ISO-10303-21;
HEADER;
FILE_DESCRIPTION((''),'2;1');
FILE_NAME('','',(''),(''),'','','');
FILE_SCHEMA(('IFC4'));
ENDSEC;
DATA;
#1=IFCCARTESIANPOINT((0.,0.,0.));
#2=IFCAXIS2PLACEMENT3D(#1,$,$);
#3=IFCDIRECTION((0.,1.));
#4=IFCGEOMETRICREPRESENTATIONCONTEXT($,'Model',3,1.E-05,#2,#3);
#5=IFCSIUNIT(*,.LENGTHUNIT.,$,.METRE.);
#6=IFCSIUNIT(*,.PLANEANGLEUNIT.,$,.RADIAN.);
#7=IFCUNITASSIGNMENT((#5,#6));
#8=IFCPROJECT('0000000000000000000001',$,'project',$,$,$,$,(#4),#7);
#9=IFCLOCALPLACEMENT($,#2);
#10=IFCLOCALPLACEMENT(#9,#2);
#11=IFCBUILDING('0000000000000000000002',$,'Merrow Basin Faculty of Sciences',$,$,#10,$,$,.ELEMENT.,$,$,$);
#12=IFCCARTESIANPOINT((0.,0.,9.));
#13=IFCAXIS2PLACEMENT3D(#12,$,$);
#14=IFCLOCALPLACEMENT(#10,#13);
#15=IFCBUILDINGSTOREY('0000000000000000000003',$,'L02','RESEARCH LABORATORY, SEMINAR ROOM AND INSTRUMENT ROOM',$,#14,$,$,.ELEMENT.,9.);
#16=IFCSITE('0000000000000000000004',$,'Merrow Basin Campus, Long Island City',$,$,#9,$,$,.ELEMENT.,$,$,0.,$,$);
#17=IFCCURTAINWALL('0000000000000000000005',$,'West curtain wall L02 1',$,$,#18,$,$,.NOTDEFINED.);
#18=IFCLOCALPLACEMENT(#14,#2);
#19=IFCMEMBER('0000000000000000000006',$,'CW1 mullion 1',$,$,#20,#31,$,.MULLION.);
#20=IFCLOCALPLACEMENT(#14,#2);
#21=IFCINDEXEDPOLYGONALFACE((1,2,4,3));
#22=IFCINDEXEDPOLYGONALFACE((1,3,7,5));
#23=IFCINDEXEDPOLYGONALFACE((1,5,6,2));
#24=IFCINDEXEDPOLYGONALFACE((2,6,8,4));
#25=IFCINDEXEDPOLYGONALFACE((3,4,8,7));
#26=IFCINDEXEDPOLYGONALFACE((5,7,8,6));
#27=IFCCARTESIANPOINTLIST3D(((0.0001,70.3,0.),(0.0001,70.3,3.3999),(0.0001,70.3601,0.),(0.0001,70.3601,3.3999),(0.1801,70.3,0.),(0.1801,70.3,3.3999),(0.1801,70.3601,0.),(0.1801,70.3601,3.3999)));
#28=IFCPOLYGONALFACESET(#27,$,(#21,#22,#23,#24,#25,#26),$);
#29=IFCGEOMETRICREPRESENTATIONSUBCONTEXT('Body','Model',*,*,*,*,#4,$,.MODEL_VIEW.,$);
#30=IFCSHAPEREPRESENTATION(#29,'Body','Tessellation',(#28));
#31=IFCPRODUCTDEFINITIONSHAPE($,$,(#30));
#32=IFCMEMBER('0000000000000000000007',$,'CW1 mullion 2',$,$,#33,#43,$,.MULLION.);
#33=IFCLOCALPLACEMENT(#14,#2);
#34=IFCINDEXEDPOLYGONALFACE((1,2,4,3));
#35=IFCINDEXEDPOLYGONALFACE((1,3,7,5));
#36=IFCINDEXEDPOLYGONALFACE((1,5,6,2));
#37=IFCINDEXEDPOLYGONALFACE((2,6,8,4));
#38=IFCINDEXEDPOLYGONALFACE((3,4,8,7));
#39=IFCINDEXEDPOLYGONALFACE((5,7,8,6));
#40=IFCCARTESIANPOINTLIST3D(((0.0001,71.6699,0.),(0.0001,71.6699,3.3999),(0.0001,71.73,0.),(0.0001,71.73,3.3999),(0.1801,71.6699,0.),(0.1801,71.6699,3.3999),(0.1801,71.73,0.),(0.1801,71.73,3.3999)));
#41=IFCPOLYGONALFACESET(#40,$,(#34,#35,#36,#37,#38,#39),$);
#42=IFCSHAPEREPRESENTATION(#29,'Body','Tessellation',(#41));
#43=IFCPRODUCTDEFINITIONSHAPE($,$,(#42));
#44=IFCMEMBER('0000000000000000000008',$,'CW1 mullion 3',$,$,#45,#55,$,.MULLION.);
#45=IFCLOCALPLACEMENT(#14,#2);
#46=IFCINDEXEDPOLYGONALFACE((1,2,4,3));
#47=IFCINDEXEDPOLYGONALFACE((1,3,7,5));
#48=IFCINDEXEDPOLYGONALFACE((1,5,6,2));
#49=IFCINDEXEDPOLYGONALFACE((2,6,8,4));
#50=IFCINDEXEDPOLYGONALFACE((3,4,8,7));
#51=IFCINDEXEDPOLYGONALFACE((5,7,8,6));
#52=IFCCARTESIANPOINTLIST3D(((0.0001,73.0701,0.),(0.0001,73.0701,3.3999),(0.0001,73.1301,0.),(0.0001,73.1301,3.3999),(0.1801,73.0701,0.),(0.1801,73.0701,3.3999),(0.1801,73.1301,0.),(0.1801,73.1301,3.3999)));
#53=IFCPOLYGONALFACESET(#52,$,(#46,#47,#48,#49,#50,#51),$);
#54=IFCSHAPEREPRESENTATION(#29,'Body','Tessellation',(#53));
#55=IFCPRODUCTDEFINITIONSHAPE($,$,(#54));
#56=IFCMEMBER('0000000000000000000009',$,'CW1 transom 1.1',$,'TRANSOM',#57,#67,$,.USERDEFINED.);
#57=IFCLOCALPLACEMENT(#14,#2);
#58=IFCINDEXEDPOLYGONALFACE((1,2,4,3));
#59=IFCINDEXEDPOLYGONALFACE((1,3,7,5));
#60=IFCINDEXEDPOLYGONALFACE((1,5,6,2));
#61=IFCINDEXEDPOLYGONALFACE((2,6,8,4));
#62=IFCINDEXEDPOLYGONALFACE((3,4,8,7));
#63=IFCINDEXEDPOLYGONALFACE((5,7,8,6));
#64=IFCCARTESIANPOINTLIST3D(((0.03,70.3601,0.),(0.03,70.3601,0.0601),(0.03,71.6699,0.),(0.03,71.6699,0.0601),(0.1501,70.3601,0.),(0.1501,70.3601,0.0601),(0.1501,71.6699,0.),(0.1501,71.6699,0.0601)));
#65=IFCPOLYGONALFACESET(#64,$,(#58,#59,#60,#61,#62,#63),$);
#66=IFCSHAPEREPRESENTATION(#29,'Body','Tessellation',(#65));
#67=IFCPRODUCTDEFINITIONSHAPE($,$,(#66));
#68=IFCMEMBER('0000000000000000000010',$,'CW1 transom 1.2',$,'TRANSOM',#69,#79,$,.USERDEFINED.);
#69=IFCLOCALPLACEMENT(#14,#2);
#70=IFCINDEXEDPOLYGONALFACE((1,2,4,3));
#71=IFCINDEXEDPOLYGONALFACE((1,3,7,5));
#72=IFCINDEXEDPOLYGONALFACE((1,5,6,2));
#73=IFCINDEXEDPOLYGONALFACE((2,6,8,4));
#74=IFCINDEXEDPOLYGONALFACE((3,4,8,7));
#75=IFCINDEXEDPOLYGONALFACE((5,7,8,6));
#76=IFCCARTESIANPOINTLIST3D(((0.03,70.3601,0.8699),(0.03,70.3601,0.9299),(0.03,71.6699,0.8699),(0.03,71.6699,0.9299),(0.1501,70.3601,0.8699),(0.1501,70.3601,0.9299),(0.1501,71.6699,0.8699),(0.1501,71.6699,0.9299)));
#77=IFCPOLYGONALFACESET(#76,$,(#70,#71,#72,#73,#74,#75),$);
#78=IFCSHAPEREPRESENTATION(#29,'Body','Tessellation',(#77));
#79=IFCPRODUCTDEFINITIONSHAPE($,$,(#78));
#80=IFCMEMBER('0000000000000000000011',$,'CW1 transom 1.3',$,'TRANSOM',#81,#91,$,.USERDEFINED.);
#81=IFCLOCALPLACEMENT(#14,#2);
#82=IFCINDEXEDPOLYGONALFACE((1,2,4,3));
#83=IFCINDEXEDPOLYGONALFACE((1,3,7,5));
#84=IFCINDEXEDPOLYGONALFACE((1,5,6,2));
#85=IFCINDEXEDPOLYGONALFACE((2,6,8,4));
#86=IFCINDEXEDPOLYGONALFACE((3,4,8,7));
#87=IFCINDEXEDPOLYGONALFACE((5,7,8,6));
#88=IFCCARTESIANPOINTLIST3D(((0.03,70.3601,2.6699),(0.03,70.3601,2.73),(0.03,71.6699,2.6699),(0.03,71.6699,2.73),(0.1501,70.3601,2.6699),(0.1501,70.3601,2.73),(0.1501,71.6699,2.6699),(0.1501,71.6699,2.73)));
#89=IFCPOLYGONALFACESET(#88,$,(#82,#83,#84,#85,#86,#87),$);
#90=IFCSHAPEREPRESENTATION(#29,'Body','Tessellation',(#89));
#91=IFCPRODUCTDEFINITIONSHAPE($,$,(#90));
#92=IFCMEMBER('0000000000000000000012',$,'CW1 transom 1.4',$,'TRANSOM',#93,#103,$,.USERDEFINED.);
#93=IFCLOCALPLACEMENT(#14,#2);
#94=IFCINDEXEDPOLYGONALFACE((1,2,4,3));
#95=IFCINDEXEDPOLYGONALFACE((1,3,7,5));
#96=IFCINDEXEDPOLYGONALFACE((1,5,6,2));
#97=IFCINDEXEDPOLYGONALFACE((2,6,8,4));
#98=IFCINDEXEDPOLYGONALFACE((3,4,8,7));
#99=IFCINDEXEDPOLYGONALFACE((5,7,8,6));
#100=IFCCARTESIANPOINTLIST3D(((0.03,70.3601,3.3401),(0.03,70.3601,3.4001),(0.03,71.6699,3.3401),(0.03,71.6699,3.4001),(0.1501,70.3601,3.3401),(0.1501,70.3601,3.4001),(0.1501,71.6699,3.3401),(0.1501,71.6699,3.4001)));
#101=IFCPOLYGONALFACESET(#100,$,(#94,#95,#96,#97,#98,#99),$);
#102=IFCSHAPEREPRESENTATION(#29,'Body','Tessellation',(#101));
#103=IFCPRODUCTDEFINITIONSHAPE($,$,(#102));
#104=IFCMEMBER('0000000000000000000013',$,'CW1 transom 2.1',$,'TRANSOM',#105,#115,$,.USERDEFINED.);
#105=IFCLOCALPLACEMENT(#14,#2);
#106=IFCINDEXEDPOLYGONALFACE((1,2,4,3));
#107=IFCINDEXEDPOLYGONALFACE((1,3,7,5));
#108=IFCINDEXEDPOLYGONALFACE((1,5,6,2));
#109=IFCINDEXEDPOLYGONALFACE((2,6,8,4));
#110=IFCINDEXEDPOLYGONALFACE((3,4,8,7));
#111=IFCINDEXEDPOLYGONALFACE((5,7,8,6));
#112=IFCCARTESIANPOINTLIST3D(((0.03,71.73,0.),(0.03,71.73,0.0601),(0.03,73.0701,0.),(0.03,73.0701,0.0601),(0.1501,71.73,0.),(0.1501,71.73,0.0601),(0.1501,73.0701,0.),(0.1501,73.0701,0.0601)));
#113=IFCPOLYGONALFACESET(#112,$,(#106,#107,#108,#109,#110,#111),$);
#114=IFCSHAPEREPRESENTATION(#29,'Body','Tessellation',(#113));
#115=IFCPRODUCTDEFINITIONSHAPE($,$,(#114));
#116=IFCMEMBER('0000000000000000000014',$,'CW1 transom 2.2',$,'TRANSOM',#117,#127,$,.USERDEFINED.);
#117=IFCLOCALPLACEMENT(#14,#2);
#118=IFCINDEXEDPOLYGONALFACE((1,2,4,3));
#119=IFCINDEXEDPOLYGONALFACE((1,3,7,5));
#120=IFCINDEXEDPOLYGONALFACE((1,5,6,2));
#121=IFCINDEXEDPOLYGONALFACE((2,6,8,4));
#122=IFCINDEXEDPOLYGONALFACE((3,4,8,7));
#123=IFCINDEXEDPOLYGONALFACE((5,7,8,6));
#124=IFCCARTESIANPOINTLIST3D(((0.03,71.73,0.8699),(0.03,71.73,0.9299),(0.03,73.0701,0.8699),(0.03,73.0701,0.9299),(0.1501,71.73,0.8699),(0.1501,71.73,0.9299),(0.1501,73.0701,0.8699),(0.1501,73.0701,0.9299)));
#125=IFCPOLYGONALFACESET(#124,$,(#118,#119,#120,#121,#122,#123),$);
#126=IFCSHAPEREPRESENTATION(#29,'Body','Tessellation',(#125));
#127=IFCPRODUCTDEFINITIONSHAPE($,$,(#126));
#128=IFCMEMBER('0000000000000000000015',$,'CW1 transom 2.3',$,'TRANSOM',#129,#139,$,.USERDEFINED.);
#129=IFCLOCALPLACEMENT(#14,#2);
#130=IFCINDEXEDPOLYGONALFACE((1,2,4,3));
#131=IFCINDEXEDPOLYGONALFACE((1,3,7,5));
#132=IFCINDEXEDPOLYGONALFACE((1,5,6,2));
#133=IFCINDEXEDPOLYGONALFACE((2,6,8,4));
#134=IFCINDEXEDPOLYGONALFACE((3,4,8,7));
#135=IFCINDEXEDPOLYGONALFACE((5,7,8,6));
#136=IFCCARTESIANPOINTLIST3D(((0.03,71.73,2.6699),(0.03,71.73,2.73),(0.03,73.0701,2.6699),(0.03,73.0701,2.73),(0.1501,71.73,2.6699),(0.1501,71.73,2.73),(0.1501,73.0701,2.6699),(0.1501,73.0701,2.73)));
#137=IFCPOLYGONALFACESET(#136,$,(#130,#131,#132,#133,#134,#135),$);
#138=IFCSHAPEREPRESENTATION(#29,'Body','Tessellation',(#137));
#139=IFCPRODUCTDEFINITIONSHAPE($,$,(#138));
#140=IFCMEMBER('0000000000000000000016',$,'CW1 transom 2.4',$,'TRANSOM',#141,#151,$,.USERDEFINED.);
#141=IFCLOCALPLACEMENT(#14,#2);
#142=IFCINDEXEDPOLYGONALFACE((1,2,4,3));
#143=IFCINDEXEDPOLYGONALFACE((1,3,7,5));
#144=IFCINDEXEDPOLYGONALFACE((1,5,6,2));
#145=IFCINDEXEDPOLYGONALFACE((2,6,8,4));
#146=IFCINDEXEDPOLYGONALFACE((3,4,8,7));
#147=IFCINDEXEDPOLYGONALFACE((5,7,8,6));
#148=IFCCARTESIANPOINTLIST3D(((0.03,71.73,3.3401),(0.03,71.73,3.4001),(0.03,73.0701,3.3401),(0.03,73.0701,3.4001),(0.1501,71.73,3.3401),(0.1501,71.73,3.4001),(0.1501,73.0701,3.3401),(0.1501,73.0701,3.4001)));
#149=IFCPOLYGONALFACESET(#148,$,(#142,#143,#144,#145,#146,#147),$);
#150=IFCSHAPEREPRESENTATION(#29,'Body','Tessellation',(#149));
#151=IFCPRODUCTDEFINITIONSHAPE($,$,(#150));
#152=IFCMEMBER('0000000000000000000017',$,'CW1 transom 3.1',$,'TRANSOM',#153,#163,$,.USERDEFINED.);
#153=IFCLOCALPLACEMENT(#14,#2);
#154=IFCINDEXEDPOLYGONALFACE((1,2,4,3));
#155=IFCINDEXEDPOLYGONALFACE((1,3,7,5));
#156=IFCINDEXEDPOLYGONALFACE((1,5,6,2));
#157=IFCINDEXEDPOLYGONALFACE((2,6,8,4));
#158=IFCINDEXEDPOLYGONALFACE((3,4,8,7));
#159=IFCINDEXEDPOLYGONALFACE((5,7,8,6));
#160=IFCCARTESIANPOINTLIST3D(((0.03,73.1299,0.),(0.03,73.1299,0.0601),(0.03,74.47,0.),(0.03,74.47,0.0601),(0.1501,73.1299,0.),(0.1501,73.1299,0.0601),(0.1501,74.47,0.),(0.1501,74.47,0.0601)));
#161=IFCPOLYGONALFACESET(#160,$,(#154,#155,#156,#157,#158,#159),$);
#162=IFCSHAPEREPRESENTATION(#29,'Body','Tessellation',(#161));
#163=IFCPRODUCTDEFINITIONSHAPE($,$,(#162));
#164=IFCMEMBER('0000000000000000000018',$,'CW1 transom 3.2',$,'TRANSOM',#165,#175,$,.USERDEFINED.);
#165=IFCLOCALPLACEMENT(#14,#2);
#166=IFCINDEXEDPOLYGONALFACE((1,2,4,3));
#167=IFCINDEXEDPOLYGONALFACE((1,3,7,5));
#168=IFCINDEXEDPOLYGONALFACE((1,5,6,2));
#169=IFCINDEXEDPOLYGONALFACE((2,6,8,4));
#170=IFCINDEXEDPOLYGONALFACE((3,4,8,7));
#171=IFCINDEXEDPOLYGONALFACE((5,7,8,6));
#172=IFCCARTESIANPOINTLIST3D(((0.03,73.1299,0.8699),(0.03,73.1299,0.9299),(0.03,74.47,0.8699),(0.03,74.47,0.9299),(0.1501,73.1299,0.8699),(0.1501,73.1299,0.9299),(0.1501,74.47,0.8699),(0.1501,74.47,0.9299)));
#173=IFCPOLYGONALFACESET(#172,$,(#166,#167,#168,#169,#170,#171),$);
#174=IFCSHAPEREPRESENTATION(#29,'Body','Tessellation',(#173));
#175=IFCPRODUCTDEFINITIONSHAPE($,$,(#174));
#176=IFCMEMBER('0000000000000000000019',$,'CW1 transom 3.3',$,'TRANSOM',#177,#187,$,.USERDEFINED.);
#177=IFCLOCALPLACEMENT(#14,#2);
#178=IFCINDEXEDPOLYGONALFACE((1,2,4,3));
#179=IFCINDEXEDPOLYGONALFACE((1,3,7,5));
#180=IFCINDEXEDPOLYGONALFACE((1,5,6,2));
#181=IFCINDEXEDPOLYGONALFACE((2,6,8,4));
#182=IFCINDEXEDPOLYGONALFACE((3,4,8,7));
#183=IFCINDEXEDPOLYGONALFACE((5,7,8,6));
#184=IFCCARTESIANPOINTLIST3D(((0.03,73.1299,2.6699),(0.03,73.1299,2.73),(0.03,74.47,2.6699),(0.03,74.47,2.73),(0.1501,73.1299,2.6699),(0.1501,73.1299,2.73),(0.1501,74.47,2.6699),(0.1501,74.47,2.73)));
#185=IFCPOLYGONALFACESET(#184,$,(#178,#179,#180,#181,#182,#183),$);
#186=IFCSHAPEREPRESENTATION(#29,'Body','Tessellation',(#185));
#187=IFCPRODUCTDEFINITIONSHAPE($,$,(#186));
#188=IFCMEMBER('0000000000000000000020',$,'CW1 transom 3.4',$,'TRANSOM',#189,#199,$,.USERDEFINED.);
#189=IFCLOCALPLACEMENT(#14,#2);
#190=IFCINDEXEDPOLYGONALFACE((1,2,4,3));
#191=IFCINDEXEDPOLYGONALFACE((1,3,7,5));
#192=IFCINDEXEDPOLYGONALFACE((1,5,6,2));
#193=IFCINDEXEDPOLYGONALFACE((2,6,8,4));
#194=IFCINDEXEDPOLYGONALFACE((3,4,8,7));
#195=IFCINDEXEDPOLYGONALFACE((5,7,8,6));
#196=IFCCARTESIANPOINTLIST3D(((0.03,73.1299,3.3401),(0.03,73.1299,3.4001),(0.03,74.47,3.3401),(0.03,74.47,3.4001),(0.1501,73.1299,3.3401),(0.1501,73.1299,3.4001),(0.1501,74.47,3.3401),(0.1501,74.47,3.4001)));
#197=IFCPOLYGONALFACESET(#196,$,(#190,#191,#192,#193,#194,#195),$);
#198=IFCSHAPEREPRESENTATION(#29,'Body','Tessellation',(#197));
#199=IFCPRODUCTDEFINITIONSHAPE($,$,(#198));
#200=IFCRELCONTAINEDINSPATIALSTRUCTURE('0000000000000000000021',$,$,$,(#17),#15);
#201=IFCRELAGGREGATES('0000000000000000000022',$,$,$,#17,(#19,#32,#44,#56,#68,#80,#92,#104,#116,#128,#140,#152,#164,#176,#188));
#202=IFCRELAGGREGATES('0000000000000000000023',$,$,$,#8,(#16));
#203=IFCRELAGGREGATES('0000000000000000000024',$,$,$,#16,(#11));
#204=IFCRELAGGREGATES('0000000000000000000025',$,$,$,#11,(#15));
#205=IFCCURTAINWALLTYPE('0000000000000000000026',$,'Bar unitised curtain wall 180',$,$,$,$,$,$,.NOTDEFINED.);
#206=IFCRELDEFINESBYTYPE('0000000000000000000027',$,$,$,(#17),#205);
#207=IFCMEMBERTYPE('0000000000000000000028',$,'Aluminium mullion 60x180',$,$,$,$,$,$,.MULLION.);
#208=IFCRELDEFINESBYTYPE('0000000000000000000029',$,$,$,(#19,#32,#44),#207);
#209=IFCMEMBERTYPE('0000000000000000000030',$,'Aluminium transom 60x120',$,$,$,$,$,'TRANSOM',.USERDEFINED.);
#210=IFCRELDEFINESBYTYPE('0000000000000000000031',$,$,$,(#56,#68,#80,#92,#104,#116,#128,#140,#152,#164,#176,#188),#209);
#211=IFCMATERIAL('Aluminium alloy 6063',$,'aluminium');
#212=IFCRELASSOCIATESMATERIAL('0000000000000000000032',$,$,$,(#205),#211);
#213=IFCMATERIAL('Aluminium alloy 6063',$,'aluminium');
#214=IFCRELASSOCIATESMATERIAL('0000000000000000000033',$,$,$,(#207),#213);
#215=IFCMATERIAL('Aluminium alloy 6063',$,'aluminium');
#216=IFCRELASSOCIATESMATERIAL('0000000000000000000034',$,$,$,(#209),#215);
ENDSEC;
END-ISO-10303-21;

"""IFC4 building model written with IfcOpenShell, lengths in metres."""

from ifc_helpers import new_model, si_unit, direction, frame, origin, origin_2d, place, context, subcontext, project, spatial, rectangle, extrude, material, material_profile, profile_set, type_object, element, aggregate, save


model = new_model("IFC4")

# Units and contexts
model_context = context("Model", 3, precision=1e-05, world=origin(), true_north=direction((0.0, 1.0)))
body_context = subcontext(model_context, "Body", "Model", "MODEL_VIEW")
ifc_project = project(units=[si_unit("LENGTHUNIT", "METRE"), si_unit("PLANEANGLEUNIT", "RADIAN")], contexts=[model_context])

# Site, building, storey
site_placement = place(None, origin())
site = spatial("IfcSite", under=ifc_project, at=site_placement, Name="Merrow Basin Campus, Long Island City", CompositionType="ELEMENT", RefElevation=0.0)
building_placement = place(site_placement, origin())
building = spatial("IfcBuilding", under=site, at=building_placement, Name="Merrow Basin Faculty of Sciences", CompositionType="ELEMENT")
storey_placement = place(building_placement, frame((0.0, 0.0, 9.0)))
storey = spatial("IfcBuildingStorey", under=building, at=storey_placement, Name="L02", Description="RESEARCH LABORATORY, SEMINAR ROOM AND INSTRUMENT ROOM", CompositionType="ELEMENT", Elevation=9.0)

# Curtain wall, members
ifc_material_1 = material(Name="Aluminium alloy 6063", Category="aluminium")
curtain_wall_type = type_object("IfcCurtainWallType", Name="Bar unitised curtain wall 180", PredefinedType="NOTDEFINED", material=ifc_material_1)
curtain_wall_placement = place(storey_placement, origin())
curtain_wall = element("IfcCurtainWall", 1, at=curtain_wall_placement, inside=storey, type_object=curtain_wall_type, Name="West curtain wall L02 1", PredefinedType="NOTDEFINED")
ifc_material_2 = material(Name="Aluminium alloy 6063", Category="aluminium")
ifc_material_profile_1 = material_profile(ifc_material_2, rectangle(XDim=0.1799, YDim=0.0601, at=origin_2d()))
ifc_profile_set_1 = profile_set([ifc_material_profile_1], Name="Aluminium alloy 6063")
member_type_1 = type_object("IfcMemberType", Name="Aluminium mullion 60x180", PredefinedType="MULLION", material=ifc_profile_set_1)
member_1_placement = place(storey_placement, frame((0.0901, 70.3301, 0.0), z_axis=(0.0, 0.0, 1.0), x_axis=(-1.0, 0.0, 0.0)))
member_1 = element("IfcMember", 2, at=member_1_placement, type_object=member_type_1, Name="CW1 mullion 1", PredefinedType="MULLION", context=body_context, shape_type="SweptSolid", body=[
    extrude(rectangle(XDim=0.1799, YDim=0.0601, at=origin_2d()), origin(), (0.0, 0.0, 1.0), 3.3999),
])
member_2_placement = place(storey_placement, frame((0.0901, 71.7, 0.0), z_axis=(0.0, 0.0, 1.0), x_axis=(-1.0, 0.0, 0.0)))
member_2 = element("IfcMember", 3, at=member_2_placement, type_object=member_type_1, Name="CW1 mullion 2", PredefinedType="MULLION", context=body_context, shape_type="SweptSolid", body=[
    extrude(rectangle(XDim=0.1799, YDim=0.0601, at=origin_2d()), origin(), (0.0, 0.0, 1.0), 3.3999),
])
member_3_placement = place(storey_placement, frame((0.0901, 73.1001, 0.0), z_axis=(0.0, 0.0, 1.0), x_axis=(-1.0, 0.0, 0.0)))
member_3 = element("IfcMember", 4, at=member_3_placement, type_object=member_type_1, Name="CW1 mullion 3", PredefinedType="MULLION", context=body_context, shape_type="SweptSolid", body=[
    extrude(rectangle(XDim=0.1799, YDim=0.0601, at=origin_2d()), origin(), (0.0, 0.0, 1.0), 3.3999),
])
ifc_material_3 = material(Name="Aluminium alloy 6063", Category="aluminium")
ifc_material_profile_2 = material_profile(ifc_material_3, rectangle(XDim=0.1201, YDim=0.0601, at=origin_2d()))
ifc_profile_set_2 = profile_set([ifc_material_profile_2], Name="Aluminium alloy 6063")
member_type_2 = type_object("IfcMemberType", Name="Aluminium transom 60x120", ElementType="TRANSOM", PredefinedType="USERDEFINED", material=ifc_profile_set_2)
member_4_placement = place(storey_placement, frame((0.0901, 70.3601, 0.03), z_axis=(0.0, 1.0, 0.0), x_axis=(-1.0, 0.0, 0.0)))
member_4 = element("IfcMember", 5, at=member_4_placement, type_object=member_type_2, Name="CW1 transom 1.1", ObjectType="TRANSOM", PredefinedType="USERDEFINED", context=body_context, shape_type="SweptSolid", body=[
    extrude(rectangle(XDim=0.1201, YDim=0.0601, at=origin_2d()), origin(), (0.0, 0.0, 1.0), 1.3098),
])
member_5_placement = place(storey_placement, frame((0.0901, 70.3601, 0.8999), z_axis=(0.0, 1.0, 0.0), x_axis=(-1.0, 0.0, 0.0)))
member_5 = element("IfcMember", 6, at=member_5_placement, type_object=member_type_2, Name="CW1 transom 1.2", ObjectType="TRANSOM", PredefinedType="USERDEFINED", context=body_context, shape_type="SweptSolid", body=[
    extrude(rectangle(XDim=0.1201, YDim=0.0601, at=origin_2d()), origin(), (0.0, 0.0, 1.0), 1.3098),
])
member_6_placement = place(storey_placement, frame((0.0901, 70.3601, 2.7), z_axis=(0.0, 1.0, 0.0), x_axis=(-1.0, 0.0, 0.0)))
member_6 = element("IfcMember", 7, at=member_6_placement, type_object=member_type_2, Name="CW1 transom 1.3", ObjectType="TRANSOM", PredefinedType="USERDEFINED", context=body_context, shape_type="SweptSolid", body=[
    extrude(rectangle(XDim=0.1201, YDim=0.0601, at=origin_2d()), origin(), (0.0, 0.0, 1.0), 1.3098),
])
member_7_placement = place(storey_placement, frame((0.0901, 70.3601, 3.3701), z_axis=(0.0, 1.0, 0.0), x_axis=(-1.0, 0.0, 0.0)))
member_7 = element("IfcMember", 8, at=member_7_placement, type_object=member_type_2, Name="CW1 transom 1.4", ObjectType="TRANSOM", PredefinedType="USERDEFINED", context=body_context, shape_type="SweptSolid", body=[
    extrude(rectangle(XDim=0.1201, YDim=0.0601, at=origin_2d()), origin(), (0.0, 0.0, 1.0), 1.3098),
])
member_8_placement = place(storey_placement, frame((0.0901, 71.73, 0.03), z_axis=(0.0, 1.0, 0.0), x_axis=(-1.0, 0.0, 0.0)))
member_8 = element("IfcMember", 9, at=member_8_placement, type_object=member_type_2, Name="CW1 transom 2.1", ObjectType="TRANSOM", PredefinedType="USERDEFINED", context=body_context, shape_type="SweptSolid", body=[
    extrude(rectangle(XDim=0.1201, YDim=0.0601, at=origin_2d()), origin(), (0.0, 0.0, 1.0), 1.3401),
])
member_9_placement = place(storey_placement, frame((0.0901, 71.73, 0.8999), z_axis=(0.0, 1.0, 0.0), x_axis=(-1.0, 0.0, 0.0)))
member_9 = element("IfcMember", 10, at=member_9_placement, type_object=member_type_2, Name="CW1 transom 2.2", ObjectType="TRANSOM", PredefinedType="USERDEFINED", context=body_context, shape_type="SweptSolid", body=[
    extrude(rectangle(XDim=0.1201, YDim=0.0601, at=origin_2d()), origin(), (0.0, 0.0, 1.0), 1.3401),
])
member_10_placement = place(storey_placement, frame((0.0901, 71.73, 2.7), z_axis=(0.0, 1.0, 0.0), x_axis=(-1.0, 0.0, 0.0)))
member_10 = element("IfcMember", 11, at=member_10_placement, type_object=member_type_2, Name="CW1 transom 2.3", ObjectType="TRANSOM", PredefinedType="USERDEFINED", context=body_context, shape_type="SweptSolid", body=[
    extrude(rectangle(XDim=0.1201, YDim=0.0601, at=origin_2d()), origin(), (0.0, 0.0, 1.0), 1.3401),
])
member_11_placement = place(storey_placement, frame((0.0901, 71.73, 3.3701), z_axis=(0.0, 1.0, 0.0), x_axis=(-1.0, 0.0, 0.0)))
member_11 = element("IfcMember", 12, at=member_11_placement, type_object=member_type_2, Name="CW1 transom 2.4", ObjectType="TRANSOM", PredefinedType="USERDEFINED", context=body_context, shape_type="SweptSolid", body=[
    extrude(rectangle(XDim=0.1201, YDim=0.0601, at=origin_2d()), origin(), (0.0, 0.0, 1.0), 1.3401),
])
member_12_placement = place(storey_placement, frame((0.0901, 73.1299, 0.03), z_axis=(0.0, 1.0, 0.0), x_axis=(-1.0, 0.0, 0.0)))
member_12 = element("IfcMember", 13, at=member_12_placement, type_object=member_type_2, Name="CW1 transom 3.1", ObjectType="TRANSOM", PredefinedType="USERDEFINED", context=body_context, shape_type="SweptSolid", body=[
    extrude(rectangle(XDim=0.1201, YDim=0.0601, at=origin_2d()), origin(), (0.0, 0.0, 1.0), 1.3401),
])
member_13_placement = place(storey_placement, frame((0.0901, 73.1299, 0.8999), z_axis=(0.0, 1.0, 0.0), x_axis=(-1.0, 0.0, 0.0)))
member_13 = element("IfcMember", 14, at=member_13_placement, type_object=member_type_2, Name="CW1 transom 3.2", ObjectType="TRANSOM", PredefinedType="USERDEFINED", context=body_context, shape_type="SweptSolid", body=[
    extrude(rectangle(XDim=0.1201, YDim=0.0601, at=origin_2d()), origin(), (0.0, 0.0, 1.0), 1.3401),
])
member_14_placement = place(storey_placement, frame((0.0901, 73.1299, 2.7), z_axis=(0.0, 1.0, 0.0), x_axis=(-1.0, 0.0, 0.0)))
member_14 = element("IfcMember", 15, at=member_14_placement, type_object=member_type_2, Name="CW1 transom 3.3", ObjectType="TRANSOM", PredefinedType="USERDEFINED", context=body_context, shape_type="SweptSolid", body=[
    extrude(rectangle(XDim=0.1201, YDim=0.0601, at=origin_2d()), origin(), (0.0, 0.0, 1.0), 1.3401),
])
member_15_placement = place(storey_placement, frame((0.0901, 73.1299, 3.3701), z_axis=(0.0, 1.0, 0.0), x_axis=(-1.0, 0.0, 0.0)))
member_15 = element("IfcMember", 16, at=member_15_placement, type_object=member_type_2, Name="CW1 transom 3.4", ObjectType="TRANSOM", PredefinedType="USERDEFINED", context=body_context, shape_type="SweptSolid", body=[
    extrude(rectangle(XDim=0.1201, YDim=0.0601, at=origin_2d()), origin(), (0.0, 0.0, 1.0), 1.3401),
])
aggregate(curtain_wall, [member_1, member_2, member_3, member_4, member_5, member_6, member_7, member_8, member_9, member_10, member_11, member_12, member_13, member_14, member_15])

save(model, "model.ifc")
